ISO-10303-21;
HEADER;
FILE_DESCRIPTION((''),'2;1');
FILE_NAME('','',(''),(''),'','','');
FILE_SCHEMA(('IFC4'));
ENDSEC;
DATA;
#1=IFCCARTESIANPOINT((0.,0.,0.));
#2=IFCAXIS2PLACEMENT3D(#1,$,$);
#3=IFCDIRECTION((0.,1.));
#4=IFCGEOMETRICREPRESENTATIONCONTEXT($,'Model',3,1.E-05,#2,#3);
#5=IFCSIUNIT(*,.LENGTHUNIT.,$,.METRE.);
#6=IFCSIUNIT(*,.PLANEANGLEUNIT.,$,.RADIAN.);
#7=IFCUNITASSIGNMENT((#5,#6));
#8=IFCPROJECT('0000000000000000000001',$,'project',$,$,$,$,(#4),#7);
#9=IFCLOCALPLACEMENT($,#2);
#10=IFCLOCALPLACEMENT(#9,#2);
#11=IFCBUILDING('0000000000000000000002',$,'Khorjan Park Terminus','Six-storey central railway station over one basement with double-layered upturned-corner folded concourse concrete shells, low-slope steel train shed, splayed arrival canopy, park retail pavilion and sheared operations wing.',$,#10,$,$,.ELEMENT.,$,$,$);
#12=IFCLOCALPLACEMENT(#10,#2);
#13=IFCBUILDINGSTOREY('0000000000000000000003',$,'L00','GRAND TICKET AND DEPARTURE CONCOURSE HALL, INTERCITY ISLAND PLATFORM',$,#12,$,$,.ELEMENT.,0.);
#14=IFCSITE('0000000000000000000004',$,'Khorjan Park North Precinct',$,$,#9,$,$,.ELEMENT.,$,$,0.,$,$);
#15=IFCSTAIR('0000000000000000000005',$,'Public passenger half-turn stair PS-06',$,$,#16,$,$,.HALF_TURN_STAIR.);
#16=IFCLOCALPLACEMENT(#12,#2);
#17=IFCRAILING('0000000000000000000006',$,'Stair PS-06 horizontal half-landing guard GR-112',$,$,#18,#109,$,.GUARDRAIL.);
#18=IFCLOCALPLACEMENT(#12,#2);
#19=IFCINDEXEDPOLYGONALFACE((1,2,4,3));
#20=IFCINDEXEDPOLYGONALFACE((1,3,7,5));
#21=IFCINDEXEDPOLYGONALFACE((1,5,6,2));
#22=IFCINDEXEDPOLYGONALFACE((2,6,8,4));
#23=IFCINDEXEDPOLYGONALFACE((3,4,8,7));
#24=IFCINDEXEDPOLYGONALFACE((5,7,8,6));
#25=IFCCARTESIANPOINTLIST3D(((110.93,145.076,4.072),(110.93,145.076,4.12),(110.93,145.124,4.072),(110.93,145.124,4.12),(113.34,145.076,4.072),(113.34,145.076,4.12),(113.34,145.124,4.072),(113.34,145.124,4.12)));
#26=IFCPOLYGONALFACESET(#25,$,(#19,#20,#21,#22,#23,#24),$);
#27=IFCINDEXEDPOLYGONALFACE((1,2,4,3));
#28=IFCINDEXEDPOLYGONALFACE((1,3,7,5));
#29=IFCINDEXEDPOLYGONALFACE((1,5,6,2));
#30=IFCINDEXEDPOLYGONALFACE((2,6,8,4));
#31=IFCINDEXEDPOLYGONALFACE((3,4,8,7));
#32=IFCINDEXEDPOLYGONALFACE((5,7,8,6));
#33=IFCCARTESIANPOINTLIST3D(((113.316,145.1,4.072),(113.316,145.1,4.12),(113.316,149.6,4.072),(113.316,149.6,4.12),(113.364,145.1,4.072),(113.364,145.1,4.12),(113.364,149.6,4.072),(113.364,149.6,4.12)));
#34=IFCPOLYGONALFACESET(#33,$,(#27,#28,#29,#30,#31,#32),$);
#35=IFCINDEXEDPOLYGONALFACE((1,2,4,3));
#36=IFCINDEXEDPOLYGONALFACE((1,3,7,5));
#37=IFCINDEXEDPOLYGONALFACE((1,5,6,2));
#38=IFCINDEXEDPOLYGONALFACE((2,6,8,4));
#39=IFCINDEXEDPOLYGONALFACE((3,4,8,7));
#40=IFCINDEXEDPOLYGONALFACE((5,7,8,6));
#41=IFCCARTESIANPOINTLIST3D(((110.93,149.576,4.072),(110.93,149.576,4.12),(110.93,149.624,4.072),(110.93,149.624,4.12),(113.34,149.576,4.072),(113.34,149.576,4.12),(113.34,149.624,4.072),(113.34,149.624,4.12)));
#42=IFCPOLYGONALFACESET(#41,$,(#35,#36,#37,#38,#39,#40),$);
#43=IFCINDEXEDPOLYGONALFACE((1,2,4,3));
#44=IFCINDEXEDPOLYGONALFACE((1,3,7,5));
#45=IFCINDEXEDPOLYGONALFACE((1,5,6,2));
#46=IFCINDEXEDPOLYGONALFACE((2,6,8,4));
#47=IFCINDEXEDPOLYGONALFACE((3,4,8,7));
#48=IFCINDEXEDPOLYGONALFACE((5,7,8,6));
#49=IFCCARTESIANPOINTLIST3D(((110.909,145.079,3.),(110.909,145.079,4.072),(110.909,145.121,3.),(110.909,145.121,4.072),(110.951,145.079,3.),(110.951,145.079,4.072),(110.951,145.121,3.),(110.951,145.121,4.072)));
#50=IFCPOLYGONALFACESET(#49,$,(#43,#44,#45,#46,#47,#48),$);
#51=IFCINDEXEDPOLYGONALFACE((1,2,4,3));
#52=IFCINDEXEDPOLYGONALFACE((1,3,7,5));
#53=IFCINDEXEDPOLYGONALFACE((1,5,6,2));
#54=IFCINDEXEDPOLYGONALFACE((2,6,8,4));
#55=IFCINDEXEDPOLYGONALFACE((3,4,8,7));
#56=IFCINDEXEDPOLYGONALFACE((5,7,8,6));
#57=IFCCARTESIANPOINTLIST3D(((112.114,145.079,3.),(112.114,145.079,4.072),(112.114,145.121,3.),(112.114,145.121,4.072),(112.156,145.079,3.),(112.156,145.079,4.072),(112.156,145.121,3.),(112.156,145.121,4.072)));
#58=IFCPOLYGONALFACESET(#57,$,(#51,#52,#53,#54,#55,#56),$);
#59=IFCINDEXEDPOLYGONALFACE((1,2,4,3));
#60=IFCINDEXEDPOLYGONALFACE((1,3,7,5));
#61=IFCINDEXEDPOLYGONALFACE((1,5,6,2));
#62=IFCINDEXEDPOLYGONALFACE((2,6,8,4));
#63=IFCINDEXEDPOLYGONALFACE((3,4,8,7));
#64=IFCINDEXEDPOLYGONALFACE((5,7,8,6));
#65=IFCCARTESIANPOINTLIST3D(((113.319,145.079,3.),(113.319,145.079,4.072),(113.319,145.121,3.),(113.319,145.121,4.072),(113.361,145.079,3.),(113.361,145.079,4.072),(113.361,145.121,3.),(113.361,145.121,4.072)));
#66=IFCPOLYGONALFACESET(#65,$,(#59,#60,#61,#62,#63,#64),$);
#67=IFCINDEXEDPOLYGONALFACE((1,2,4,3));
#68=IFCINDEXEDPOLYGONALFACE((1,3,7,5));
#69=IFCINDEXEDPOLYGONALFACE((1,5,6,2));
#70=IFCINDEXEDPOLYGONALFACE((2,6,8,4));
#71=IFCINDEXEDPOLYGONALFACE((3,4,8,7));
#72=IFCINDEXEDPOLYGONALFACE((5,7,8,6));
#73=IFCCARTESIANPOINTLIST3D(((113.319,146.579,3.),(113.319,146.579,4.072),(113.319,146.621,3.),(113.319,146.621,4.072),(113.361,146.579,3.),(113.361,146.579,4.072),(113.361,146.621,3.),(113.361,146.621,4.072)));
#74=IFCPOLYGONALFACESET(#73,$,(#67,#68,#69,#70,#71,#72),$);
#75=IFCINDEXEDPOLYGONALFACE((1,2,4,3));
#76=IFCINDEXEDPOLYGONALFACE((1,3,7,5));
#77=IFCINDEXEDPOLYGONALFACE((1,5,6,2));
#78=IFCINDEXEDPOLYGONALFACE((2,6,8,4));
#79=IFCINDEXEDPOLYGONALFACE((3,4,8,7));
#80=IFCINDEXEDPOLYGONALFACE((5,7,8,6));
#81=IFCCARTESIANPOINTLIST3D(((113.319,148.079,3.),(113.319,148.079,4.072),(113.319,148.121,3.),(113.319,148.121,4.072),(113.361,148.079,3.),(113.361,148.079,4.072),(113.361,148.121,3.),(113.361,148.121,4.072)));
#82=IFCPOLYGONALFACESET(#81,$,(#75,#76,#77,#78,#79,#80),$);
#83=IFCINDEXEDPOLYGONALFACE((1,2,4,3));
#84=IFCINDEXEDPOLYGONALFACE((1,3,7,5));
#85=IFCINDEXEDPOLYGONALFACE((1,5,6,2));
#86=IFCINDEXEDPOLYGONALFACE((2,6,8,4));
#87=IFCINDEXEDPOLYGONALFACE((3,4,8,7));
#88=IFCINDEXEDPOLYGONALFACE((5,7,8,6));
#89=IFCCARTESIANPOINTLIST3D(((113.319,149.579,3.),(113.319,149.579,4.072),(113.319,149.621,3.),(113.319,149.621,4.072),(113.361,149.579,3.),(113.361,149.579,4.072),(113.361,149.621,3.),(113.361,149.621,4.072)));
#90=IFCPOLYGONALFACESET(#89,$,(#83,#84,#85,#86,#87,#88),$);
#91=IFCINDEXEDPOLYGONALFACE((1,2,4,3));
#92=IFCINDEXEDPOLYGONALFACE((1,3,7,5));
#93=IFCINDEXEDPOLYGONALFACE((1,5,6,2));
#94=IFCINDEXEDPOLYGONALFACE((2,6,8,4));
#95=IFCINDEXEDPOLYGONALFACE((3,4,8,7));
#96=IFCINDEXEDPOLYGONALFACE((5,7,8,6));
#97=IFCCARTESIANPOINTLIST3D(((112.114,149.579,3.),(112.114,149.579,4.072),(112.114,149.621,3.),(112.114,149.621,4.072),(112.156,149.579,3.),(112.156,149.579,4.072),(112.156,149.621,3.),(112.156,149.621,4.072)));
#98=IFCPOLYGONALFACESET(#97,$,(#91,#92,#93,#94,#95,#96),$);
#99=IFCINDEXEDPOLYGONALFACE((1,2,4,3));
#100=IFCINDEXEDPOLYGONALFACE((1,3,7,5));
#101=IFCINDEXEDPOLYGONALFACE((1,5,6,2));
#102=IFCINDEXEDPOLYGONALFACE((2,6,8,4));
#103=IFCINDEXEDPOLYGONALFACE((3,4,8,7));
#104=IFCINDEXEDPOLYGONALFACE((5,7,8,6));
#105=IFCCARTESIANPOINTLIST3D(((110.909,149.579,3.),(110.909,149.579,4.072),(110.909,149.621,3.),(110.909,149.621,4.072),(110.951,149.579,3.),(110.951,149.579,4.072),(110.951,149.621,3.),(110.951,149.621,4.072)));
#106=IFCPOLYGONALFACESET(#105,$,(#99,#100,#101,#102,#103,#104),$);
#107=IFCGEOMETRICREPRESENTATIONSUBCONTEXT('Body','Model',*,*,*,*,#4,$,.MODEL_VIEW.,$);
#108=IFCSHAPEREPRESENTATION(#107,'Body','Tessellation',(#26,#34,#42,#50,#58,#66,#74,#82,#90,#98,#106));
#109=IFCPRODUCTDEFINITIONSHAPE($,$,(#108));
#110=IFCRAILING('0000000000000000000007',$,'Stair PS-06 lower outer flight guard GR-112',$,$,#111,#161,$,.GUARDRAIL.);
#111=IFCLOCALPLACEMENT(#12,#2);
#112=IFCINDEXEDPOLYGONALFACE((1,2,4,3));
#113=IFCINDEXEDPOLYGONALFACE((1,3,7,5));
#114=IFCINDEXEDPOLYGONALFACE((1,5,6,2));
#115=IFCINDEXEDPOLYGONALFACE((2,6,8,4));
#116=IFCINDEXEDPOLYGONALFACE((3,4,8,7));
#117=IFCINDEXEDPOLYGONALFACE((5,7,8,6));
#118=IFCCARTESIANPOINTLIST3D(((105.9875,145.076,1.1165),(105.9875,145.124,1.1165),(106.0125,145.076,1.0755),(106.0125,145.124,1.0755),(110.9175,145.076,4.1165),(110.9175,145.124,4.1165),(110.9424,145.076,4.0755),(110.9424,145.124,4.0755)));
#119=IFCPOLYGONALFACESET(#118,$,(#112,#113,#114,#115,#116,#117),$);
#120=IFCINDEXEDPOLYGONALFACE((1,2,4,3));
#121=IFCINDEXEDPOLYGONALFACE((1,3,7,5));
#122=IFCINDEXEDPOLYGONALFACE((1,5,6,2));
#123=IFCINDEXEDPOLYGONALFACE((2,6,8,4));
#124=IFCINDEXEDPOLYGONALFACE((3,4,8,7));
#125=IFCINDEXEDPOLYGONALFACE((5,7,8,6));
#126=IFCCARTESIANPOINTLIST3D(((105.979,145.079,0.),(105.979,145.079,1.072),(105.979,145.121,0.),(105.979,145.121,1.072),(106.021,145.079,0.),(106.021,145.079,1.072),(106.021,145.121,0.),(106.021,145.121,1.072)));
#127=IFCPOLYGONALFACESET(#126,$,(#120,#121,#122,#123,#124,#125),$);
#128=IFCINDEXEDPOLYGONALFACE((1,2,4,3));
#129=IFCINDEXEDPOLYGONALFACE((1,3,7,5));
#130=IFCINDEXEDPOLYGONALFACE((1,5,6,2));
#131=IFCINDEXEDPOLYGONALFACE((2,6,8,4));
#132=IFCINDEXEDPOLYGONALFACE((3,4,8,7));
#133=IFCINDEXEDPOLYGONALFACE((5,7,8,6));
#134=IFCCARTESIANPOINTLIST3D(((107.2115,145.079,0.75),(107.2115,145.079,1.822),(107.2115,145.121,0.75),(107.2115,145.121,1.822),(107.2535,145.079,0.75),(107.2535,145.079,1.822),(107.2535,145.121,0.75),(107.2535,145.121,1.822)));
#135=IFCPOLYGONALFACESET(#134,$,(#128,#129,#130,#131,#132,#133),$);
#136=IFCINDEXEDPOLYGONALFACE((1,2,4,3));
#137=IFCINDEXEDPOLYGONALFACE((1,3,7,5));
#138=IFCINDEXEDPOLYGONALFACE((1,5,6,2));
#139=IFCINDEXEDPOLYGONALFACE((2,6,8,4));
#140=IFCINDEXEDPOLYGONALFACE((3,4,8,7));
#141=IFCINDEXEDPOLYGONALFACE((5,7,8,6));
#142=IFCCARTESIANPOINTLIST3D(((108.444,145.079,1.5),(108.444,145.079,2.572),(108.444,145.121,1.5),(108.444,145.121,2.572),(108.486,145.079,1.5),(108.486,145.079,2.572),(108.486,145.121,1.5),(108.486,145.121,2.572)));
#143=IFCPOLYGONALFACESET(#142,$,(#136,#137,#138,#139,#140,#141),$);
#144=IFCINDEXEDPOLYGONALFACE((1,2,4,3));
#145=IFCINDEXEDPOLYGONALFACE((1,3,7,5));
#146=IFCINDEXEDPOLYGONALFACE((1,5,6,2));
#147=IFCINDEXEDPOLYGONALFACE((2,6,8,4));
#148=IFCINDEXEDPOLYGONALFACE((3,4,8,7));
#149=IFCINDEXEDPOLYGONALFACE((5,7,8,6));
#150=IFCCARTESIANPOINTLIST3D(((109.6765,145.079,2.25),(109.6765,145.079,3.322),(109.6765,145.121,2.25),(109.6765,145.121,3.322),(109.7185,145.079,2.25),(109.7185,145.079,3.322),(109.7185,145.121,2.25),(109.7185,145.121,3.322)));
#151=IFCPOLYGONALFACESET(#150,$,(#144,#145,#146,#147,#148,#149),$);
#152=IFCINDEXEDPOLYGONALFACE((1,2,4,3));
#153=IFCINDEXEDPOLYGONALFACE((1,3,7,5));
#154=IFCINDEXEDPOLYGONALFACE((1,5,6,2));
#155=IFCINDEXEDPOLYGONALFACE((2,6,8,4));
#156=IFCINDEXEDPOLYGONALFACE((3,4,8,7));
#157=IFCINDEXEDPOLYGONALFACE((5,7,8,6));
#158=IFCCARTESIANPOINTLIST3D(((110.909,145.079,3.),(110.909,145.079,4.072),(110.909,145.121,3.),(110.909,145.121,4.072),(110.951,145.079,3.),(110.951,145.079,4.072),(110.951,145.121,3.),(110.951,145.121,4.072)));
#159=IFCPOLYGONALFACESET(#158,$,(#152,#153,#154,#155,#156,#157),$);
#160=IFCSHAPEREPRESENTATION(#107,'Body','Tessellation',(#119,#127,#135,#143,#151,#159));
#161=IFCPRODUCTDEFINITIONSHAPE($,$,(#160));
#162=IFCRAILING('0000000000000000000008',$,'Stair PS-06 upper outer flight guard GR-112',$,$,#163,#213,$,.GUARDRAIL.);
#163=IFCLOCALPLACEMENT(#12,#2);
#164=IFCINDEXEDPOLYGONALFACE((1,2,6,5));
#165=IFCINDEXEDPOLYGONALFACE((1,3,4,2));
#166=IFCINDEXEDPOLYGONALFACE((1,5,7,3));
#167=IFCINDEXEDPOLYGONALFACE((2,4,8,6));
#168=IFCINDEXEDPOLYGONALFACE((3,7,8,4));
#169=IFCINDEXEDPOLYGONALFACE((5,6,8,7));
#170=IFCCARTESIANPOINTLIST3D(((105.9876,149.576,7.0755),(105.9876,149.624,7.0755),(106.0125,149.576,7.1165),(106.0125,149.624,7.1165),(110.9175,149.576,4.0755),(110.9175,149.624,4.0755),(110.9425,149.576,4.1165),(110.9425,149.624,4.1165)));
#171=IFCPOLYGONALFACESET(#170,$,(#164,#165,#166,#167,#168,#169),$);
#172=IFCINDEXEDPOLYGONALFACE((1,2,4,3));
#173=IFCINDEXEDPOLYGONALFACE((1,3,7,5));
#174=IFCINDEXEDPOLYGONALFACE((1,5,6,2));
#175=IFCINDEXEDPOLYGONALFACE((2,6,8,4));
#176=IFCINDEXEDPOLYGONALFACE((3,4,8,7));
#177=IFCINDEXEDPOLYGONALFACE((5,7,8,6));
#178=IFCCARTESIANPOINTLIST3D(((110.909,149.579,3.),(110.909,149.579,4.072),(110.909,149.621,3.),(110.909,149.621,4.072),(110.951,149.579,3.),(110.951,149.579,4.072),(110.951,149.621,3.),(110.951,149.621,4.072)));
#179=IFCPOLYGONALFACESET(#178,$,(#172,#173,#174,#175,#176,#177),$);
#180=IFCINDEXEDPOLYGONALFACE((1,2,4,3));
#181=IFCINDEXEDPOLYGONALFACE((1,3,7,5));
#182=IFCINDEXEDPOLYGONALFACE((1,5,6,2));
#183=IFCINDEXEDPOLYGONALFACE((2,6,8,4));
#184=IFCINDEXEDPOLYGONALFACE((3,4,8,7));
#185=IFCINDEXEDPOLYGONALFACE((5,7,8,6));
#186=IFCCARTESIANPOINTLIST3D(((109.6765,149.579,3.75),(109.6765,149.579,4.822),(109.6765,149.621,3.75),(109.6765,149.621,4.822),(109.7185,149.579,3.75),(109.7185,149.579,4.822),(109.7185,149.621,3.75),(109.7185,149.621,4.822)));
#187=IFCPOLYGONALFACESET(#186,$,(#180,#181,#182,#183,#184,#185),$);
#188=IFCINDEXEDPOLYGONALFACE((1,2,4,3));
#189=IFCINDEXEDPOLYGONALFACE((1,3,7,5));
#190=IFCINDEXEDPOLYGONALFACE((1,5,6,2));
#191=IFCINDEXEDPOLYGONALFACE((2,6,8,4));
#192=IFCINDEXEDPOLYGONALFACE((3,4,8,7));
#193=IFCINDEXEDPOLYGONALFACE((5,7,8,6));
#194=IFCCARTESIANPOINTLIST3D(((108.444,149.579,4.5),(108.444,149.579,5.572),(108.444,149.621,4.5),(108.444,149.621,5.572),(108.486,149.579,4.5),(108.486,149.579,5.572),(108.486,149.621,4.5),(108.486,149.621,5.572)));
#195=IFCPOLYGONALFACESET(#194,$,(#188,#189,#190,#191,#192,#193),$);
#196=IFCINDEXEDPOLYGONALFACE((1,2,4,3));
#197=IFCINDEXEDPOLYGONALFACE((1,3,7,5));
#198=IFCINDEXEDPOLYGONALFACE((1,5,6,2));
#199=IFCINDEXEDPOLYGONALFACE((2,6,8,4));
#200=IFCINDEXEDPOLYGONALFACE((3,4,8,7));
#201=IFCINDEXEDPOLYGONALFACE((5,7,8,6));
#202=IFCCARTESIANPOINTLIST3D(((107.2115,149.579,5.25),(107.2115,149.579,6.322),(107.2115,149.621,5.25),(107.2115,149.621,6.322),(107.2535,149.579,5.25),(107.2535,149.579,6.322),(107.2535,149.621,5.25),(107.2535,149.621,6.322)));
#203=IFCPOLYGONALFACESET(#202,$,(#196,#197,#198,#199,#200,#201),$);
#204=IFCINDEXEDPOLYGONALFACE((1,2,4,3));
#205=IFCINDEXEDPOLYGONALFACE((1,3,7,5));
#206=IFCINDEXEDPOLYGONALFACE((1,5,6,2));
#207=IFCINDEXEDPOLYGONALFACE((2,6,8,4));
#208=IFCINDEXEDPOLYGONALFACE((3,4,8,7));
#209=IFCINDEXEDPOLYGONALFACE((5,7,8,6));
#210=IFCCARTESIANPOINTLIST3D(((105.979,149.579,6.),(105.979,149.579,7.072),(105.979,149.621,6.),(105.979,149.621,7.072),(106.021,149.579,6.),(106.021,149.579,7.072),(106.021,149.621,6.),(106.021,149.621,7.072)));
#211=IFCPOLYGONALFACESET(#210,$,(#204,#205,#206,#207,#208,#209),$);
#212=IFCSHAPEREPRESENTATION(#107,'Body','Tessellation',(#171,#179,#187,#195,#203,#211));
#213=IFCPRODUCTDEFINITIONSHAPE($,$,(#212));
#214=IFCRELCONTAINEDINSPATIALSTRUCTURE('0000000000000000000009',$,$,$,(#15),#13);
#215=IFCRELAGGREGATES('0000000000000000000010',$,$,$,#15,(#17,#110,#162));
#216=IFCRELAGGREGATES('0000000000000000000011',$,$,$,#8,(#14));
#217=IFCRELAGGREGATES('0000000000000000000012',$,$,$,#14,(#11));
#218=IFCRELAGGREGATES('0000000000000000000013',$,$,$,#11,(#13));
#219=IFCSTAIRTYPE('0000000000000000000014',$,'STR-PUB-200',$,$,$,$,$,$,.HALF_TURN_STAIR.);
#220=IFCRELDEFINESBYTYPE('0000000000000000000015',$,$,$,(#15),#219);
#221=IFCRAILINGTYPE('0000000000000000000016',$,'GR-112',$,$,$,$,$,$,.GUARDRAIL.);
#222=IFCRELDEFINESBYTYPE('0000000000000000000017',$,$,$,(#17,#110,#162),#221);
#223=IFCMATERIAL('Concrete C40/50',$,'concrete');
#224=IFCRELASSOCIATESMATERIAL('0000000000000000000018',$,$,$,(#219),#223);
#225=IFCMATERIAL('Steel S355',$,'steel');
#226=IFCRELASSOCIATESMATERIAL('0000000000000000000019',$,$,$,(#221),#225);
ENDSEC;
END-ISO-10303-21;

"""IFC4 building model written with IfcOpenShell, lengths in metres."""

from ifc_helpers import new_model, si_unit, direction, frame, origin, origin_2d, place, context, subcontext, project, spatial, rectangle, extrude, material, type_object, element, aggregate, save


model = new_model("IFC4")

# Units and contexts
model_context = context("Model", 3, precision=1e-05, world=origin(), true_north=direction((0.0, 1.0)))
body_context = subcontext(model_context, "Body", "Model", "MODEL_VIEW")
ifc_project = project(units=[si_unit("LENGTHUNIT", "METRE"), si_unit("PLANEANGLEUNIT", "RADIAN")], contexts=[model_context])

# Site, building, storey
site_placement = place(None, origin())
site = spatial("IfcSite", under=ifc_project, at=site_placement, Name="Khorjan Park North Precinct", CompositionType="ELEMENT", RefElevation=0.0)
building_placement = place(site_placement, origin())
building = spatial("IfcBuilding", under=site, at=building_placement, Name="Khorjan Park Terminus", Description="Six-storey central railway station over one basement with double-layered upturned-corner folded concourse concrete shells, low-slope steel train shed, splayed arrival canopy, park retail pavilion and sheared operations wing.", CompositionType="ELEMENT")
storey_placement = place(building_placement, origin())
storey = spatial("IfcBuildingStorey", under=building, at=storey_placement, Name="L00", Description="GRAND TICKET AND DEPARTURE CONCOURSE HALL, INTERCITY ISLAND PLATFORM", CompositionType="ELEMENT", Elevation=0.0)

# Shared definitions
ifc_material_1 = material(Name="Steel S355", Category="steel")
ifc_material_2 = material(Name="Concrete C40/50", Category="concrete")

# Stair, railings
stair_type = type_object("IfcStairType", Name="STR-PUB-200", PredefinedType="HALF_TURN_STAIR", material=ifc_material_2)
stair_placement = place(storey_placement, origin())
stair = element("IfcStair", 1, at=stair_placement, inside=storey, type_object=stair_type, Name="Public passenger half-turn stair PS-06", PredefinedType="HALF_TURN_STAIR")
railing_type_1 = type_object("IfcRailingType", Name="GR-112", PredefinedType="GUARDRAIL", material=ifc_material_1)
railing_1_placement = place(storey_placement, frame((110.93, 145.1, 3.0)))
railing_1 = element("IfcRailing", 2, at=railing_1_placement, type_object=railing_type_1, Name="Stair PS-06 horizontal half-landing guard GR-112", PredefinedType="GUARDRAIL", context=body_context, shape_type="SweptSolid", body=[
    extrude(rectangle(XDim=0.048, YDim=0.048, at=origin_2d()), frame((0.0, 0.0, 1.096), z_axis=(1.0, 0.0, 0.0), x_axis=(0.0, 1.0, 0.0)), (0.0, 0.0, 1.0), 2.41),
    extrude(rectangle(XDim=0.048, YDim=0.048, at=origin_2d()), frame((2.41, 0.0, 1.096), z_axis=(0.0, 1.0, 0.0), x_axis=(-1.0, 0.0, 0.0)), (0.0, 0.0, 1.0), 4.5),
    extrude(rectangle(XDim=0.048, YDim=0.048, at=origin_2d()), frame((2.41, 4.5, 1.096), z_axis=(-1.0, 0.0, 0.0), x_axis=(0.0, -1.0, 0.0)), (0.0, 0.0, 1.0), 2.41),
    extrude(rectangle(XDim=0.042, YDim=0.042, at=origin_2d()), origin(), (0.0, 0.0, 1.0), 1.072),
    extrude(rectangle(XDim=0.042, YDim=0.042, at=origin_2d()), frame((1.205, 0.0, 0.0)), (0.0, 0.0, 1.0), 1.072),
    extrude(rectangle(XDim=0.042, YDim=0.042, at=origin_2d()), frame((2.41, 0.0, 0.0)), (0.0, 0.0, 1.0), 1.072),
    extrude(rectangle(XDim=0.042, YDim=0.042, at=origin_2d()), frame((2.41, 1.5, 0.0)), (0.0, 0.0, 1.0), 1.072),
    extrude(rectangle(XDim=0.042, YDim=0.042, at=origin_2d()), frame((2.41, 3.0, 0.0)), (0.0, 0.0, 1.0), 1.072),
    extrude(rectangle(XDim=0.042, YDim=0.042, at=origin_2d()), frame((2.41, 4.5, 0.0)), (0.0, 0.0, 1.0), 1.072),
    extrude(rectangle(XDim=0.042, YDim=0.042, at=origin_2d()), frame((1.205, 4.5, 0.0)), (0.0, 0.0, 1.0), 1.072),
    extrude(rectangle(XDim=0.042, YDim=0.042, at=origin_2d()), frame((0.0, 4.5, 0.0)), (0.0, 0.0, 1.0), 1.072),
])
railing_2_placement = place(storey_placement, frame((106.0, 145.1, 0.0)))
railing_2 = element("IfcRailing", 3, at=railing_2_placement, type_object=railing_type_1, Name="Stair PS-06 lower outer flight guard GR-112", PredefinedType="GUARDRAIL", context=body_context, shape_type="SweptSolid", body=[
    extrude(rectangle(XDim=0.048, YDim=0.048, at=origin_2d()), frame((0.0, 0.0, 1.096), z_axis=(0.854265, 0.0, 0.519837), x_axis=(0.0, 1.0, 0.0)), (0.0, 0.0, 1.0), 5.771),
    extrude(rectangle(XDim=0.042, YDim=0.042, at=origin_2d()), origin(), (0.0, 0.0, 1.0), 1.072),
    extrude(rectangle(XDim=0.042, YDim=0.042, at=origin_2d()), frame((1.2325, 0.0, 0.75)), (0.0, 0.0, 1.0), 1.072),
    extrude(rectangle(XDim=0.042, YDim=0.042, at=origin_2d()), frame((2.465, 0.0, 1.5)), (0.0, 0.0, 1.0), 1.072),
    extrude(rectangle(XDim=0.042, YDim=0.042, at=origin_2d()), frame((3.6975, 0.0, 2.25)), (0.0, 0.0, 1.0), 1.072),
    extrude(rectangle(XDim=0.042, YDim=0.042, at=origin_2d()), frame((4.93, 0.0, 3.0)), (0.0, 0.0, 1.0), 1.072),
])
railing_3_placement = place(storey_placement, frame((110.93, 149.6, 3.0)))
railing_3 = element("IfcRailing", 4, at=railing_3_placement, type_object=railing_type_1, Name="Stair PS-06 upper outer flight guard GR-112", PredefinedType="GUARDRAIL", context=body_context, shape_type="SweptSolid", body=[
    extrude(rectangle(XDim=0.048, YDim=0.048, at=origin_2d()), frame((0.0, 0.0, 1.096), z_axis=(-0.854265, 0.0, 0.519837), x_axis=(0.0, -1.0, 0.0)), (0.0, 0.0, 1.0), 5.771),
    extrude(rectangle(XDim=0.042, YDim=0.042, at=origin_2d()), origin(), (0.0, 0.0, 1.0), 1.072),
    extrude(rectangle(XDim=0.042, YDim=0.042, at=origin_2d()), frame((-1.2325, 0.0, 0.75)), (0.0, 0.0, 1.0), 1.072),
    extrude(rectangle(XDim=0.042, YDim=0.042, at=origin_2d()), frame((-2.465, 0.0, 1.5)), (0.0, 0.0, 1.0), 1.072),
    extrude(rectangle(XDim=0.042, YDim=0.042, at=origin_2d()), frame((-3.6975, 0.0, 2.25)), (0.0, 0.0, 1.0), 1.072),
    extrude(rectangle(XDim=0.042, YDim=0.042, at=origin_2d()), frame((-4.93, 0.0, 3.0)), (0.0, 0.0, 1.0), 1.072),
])
aggregate(stair, [railing_1, railing_2, railing_3])

save(model, "model.ifc")
